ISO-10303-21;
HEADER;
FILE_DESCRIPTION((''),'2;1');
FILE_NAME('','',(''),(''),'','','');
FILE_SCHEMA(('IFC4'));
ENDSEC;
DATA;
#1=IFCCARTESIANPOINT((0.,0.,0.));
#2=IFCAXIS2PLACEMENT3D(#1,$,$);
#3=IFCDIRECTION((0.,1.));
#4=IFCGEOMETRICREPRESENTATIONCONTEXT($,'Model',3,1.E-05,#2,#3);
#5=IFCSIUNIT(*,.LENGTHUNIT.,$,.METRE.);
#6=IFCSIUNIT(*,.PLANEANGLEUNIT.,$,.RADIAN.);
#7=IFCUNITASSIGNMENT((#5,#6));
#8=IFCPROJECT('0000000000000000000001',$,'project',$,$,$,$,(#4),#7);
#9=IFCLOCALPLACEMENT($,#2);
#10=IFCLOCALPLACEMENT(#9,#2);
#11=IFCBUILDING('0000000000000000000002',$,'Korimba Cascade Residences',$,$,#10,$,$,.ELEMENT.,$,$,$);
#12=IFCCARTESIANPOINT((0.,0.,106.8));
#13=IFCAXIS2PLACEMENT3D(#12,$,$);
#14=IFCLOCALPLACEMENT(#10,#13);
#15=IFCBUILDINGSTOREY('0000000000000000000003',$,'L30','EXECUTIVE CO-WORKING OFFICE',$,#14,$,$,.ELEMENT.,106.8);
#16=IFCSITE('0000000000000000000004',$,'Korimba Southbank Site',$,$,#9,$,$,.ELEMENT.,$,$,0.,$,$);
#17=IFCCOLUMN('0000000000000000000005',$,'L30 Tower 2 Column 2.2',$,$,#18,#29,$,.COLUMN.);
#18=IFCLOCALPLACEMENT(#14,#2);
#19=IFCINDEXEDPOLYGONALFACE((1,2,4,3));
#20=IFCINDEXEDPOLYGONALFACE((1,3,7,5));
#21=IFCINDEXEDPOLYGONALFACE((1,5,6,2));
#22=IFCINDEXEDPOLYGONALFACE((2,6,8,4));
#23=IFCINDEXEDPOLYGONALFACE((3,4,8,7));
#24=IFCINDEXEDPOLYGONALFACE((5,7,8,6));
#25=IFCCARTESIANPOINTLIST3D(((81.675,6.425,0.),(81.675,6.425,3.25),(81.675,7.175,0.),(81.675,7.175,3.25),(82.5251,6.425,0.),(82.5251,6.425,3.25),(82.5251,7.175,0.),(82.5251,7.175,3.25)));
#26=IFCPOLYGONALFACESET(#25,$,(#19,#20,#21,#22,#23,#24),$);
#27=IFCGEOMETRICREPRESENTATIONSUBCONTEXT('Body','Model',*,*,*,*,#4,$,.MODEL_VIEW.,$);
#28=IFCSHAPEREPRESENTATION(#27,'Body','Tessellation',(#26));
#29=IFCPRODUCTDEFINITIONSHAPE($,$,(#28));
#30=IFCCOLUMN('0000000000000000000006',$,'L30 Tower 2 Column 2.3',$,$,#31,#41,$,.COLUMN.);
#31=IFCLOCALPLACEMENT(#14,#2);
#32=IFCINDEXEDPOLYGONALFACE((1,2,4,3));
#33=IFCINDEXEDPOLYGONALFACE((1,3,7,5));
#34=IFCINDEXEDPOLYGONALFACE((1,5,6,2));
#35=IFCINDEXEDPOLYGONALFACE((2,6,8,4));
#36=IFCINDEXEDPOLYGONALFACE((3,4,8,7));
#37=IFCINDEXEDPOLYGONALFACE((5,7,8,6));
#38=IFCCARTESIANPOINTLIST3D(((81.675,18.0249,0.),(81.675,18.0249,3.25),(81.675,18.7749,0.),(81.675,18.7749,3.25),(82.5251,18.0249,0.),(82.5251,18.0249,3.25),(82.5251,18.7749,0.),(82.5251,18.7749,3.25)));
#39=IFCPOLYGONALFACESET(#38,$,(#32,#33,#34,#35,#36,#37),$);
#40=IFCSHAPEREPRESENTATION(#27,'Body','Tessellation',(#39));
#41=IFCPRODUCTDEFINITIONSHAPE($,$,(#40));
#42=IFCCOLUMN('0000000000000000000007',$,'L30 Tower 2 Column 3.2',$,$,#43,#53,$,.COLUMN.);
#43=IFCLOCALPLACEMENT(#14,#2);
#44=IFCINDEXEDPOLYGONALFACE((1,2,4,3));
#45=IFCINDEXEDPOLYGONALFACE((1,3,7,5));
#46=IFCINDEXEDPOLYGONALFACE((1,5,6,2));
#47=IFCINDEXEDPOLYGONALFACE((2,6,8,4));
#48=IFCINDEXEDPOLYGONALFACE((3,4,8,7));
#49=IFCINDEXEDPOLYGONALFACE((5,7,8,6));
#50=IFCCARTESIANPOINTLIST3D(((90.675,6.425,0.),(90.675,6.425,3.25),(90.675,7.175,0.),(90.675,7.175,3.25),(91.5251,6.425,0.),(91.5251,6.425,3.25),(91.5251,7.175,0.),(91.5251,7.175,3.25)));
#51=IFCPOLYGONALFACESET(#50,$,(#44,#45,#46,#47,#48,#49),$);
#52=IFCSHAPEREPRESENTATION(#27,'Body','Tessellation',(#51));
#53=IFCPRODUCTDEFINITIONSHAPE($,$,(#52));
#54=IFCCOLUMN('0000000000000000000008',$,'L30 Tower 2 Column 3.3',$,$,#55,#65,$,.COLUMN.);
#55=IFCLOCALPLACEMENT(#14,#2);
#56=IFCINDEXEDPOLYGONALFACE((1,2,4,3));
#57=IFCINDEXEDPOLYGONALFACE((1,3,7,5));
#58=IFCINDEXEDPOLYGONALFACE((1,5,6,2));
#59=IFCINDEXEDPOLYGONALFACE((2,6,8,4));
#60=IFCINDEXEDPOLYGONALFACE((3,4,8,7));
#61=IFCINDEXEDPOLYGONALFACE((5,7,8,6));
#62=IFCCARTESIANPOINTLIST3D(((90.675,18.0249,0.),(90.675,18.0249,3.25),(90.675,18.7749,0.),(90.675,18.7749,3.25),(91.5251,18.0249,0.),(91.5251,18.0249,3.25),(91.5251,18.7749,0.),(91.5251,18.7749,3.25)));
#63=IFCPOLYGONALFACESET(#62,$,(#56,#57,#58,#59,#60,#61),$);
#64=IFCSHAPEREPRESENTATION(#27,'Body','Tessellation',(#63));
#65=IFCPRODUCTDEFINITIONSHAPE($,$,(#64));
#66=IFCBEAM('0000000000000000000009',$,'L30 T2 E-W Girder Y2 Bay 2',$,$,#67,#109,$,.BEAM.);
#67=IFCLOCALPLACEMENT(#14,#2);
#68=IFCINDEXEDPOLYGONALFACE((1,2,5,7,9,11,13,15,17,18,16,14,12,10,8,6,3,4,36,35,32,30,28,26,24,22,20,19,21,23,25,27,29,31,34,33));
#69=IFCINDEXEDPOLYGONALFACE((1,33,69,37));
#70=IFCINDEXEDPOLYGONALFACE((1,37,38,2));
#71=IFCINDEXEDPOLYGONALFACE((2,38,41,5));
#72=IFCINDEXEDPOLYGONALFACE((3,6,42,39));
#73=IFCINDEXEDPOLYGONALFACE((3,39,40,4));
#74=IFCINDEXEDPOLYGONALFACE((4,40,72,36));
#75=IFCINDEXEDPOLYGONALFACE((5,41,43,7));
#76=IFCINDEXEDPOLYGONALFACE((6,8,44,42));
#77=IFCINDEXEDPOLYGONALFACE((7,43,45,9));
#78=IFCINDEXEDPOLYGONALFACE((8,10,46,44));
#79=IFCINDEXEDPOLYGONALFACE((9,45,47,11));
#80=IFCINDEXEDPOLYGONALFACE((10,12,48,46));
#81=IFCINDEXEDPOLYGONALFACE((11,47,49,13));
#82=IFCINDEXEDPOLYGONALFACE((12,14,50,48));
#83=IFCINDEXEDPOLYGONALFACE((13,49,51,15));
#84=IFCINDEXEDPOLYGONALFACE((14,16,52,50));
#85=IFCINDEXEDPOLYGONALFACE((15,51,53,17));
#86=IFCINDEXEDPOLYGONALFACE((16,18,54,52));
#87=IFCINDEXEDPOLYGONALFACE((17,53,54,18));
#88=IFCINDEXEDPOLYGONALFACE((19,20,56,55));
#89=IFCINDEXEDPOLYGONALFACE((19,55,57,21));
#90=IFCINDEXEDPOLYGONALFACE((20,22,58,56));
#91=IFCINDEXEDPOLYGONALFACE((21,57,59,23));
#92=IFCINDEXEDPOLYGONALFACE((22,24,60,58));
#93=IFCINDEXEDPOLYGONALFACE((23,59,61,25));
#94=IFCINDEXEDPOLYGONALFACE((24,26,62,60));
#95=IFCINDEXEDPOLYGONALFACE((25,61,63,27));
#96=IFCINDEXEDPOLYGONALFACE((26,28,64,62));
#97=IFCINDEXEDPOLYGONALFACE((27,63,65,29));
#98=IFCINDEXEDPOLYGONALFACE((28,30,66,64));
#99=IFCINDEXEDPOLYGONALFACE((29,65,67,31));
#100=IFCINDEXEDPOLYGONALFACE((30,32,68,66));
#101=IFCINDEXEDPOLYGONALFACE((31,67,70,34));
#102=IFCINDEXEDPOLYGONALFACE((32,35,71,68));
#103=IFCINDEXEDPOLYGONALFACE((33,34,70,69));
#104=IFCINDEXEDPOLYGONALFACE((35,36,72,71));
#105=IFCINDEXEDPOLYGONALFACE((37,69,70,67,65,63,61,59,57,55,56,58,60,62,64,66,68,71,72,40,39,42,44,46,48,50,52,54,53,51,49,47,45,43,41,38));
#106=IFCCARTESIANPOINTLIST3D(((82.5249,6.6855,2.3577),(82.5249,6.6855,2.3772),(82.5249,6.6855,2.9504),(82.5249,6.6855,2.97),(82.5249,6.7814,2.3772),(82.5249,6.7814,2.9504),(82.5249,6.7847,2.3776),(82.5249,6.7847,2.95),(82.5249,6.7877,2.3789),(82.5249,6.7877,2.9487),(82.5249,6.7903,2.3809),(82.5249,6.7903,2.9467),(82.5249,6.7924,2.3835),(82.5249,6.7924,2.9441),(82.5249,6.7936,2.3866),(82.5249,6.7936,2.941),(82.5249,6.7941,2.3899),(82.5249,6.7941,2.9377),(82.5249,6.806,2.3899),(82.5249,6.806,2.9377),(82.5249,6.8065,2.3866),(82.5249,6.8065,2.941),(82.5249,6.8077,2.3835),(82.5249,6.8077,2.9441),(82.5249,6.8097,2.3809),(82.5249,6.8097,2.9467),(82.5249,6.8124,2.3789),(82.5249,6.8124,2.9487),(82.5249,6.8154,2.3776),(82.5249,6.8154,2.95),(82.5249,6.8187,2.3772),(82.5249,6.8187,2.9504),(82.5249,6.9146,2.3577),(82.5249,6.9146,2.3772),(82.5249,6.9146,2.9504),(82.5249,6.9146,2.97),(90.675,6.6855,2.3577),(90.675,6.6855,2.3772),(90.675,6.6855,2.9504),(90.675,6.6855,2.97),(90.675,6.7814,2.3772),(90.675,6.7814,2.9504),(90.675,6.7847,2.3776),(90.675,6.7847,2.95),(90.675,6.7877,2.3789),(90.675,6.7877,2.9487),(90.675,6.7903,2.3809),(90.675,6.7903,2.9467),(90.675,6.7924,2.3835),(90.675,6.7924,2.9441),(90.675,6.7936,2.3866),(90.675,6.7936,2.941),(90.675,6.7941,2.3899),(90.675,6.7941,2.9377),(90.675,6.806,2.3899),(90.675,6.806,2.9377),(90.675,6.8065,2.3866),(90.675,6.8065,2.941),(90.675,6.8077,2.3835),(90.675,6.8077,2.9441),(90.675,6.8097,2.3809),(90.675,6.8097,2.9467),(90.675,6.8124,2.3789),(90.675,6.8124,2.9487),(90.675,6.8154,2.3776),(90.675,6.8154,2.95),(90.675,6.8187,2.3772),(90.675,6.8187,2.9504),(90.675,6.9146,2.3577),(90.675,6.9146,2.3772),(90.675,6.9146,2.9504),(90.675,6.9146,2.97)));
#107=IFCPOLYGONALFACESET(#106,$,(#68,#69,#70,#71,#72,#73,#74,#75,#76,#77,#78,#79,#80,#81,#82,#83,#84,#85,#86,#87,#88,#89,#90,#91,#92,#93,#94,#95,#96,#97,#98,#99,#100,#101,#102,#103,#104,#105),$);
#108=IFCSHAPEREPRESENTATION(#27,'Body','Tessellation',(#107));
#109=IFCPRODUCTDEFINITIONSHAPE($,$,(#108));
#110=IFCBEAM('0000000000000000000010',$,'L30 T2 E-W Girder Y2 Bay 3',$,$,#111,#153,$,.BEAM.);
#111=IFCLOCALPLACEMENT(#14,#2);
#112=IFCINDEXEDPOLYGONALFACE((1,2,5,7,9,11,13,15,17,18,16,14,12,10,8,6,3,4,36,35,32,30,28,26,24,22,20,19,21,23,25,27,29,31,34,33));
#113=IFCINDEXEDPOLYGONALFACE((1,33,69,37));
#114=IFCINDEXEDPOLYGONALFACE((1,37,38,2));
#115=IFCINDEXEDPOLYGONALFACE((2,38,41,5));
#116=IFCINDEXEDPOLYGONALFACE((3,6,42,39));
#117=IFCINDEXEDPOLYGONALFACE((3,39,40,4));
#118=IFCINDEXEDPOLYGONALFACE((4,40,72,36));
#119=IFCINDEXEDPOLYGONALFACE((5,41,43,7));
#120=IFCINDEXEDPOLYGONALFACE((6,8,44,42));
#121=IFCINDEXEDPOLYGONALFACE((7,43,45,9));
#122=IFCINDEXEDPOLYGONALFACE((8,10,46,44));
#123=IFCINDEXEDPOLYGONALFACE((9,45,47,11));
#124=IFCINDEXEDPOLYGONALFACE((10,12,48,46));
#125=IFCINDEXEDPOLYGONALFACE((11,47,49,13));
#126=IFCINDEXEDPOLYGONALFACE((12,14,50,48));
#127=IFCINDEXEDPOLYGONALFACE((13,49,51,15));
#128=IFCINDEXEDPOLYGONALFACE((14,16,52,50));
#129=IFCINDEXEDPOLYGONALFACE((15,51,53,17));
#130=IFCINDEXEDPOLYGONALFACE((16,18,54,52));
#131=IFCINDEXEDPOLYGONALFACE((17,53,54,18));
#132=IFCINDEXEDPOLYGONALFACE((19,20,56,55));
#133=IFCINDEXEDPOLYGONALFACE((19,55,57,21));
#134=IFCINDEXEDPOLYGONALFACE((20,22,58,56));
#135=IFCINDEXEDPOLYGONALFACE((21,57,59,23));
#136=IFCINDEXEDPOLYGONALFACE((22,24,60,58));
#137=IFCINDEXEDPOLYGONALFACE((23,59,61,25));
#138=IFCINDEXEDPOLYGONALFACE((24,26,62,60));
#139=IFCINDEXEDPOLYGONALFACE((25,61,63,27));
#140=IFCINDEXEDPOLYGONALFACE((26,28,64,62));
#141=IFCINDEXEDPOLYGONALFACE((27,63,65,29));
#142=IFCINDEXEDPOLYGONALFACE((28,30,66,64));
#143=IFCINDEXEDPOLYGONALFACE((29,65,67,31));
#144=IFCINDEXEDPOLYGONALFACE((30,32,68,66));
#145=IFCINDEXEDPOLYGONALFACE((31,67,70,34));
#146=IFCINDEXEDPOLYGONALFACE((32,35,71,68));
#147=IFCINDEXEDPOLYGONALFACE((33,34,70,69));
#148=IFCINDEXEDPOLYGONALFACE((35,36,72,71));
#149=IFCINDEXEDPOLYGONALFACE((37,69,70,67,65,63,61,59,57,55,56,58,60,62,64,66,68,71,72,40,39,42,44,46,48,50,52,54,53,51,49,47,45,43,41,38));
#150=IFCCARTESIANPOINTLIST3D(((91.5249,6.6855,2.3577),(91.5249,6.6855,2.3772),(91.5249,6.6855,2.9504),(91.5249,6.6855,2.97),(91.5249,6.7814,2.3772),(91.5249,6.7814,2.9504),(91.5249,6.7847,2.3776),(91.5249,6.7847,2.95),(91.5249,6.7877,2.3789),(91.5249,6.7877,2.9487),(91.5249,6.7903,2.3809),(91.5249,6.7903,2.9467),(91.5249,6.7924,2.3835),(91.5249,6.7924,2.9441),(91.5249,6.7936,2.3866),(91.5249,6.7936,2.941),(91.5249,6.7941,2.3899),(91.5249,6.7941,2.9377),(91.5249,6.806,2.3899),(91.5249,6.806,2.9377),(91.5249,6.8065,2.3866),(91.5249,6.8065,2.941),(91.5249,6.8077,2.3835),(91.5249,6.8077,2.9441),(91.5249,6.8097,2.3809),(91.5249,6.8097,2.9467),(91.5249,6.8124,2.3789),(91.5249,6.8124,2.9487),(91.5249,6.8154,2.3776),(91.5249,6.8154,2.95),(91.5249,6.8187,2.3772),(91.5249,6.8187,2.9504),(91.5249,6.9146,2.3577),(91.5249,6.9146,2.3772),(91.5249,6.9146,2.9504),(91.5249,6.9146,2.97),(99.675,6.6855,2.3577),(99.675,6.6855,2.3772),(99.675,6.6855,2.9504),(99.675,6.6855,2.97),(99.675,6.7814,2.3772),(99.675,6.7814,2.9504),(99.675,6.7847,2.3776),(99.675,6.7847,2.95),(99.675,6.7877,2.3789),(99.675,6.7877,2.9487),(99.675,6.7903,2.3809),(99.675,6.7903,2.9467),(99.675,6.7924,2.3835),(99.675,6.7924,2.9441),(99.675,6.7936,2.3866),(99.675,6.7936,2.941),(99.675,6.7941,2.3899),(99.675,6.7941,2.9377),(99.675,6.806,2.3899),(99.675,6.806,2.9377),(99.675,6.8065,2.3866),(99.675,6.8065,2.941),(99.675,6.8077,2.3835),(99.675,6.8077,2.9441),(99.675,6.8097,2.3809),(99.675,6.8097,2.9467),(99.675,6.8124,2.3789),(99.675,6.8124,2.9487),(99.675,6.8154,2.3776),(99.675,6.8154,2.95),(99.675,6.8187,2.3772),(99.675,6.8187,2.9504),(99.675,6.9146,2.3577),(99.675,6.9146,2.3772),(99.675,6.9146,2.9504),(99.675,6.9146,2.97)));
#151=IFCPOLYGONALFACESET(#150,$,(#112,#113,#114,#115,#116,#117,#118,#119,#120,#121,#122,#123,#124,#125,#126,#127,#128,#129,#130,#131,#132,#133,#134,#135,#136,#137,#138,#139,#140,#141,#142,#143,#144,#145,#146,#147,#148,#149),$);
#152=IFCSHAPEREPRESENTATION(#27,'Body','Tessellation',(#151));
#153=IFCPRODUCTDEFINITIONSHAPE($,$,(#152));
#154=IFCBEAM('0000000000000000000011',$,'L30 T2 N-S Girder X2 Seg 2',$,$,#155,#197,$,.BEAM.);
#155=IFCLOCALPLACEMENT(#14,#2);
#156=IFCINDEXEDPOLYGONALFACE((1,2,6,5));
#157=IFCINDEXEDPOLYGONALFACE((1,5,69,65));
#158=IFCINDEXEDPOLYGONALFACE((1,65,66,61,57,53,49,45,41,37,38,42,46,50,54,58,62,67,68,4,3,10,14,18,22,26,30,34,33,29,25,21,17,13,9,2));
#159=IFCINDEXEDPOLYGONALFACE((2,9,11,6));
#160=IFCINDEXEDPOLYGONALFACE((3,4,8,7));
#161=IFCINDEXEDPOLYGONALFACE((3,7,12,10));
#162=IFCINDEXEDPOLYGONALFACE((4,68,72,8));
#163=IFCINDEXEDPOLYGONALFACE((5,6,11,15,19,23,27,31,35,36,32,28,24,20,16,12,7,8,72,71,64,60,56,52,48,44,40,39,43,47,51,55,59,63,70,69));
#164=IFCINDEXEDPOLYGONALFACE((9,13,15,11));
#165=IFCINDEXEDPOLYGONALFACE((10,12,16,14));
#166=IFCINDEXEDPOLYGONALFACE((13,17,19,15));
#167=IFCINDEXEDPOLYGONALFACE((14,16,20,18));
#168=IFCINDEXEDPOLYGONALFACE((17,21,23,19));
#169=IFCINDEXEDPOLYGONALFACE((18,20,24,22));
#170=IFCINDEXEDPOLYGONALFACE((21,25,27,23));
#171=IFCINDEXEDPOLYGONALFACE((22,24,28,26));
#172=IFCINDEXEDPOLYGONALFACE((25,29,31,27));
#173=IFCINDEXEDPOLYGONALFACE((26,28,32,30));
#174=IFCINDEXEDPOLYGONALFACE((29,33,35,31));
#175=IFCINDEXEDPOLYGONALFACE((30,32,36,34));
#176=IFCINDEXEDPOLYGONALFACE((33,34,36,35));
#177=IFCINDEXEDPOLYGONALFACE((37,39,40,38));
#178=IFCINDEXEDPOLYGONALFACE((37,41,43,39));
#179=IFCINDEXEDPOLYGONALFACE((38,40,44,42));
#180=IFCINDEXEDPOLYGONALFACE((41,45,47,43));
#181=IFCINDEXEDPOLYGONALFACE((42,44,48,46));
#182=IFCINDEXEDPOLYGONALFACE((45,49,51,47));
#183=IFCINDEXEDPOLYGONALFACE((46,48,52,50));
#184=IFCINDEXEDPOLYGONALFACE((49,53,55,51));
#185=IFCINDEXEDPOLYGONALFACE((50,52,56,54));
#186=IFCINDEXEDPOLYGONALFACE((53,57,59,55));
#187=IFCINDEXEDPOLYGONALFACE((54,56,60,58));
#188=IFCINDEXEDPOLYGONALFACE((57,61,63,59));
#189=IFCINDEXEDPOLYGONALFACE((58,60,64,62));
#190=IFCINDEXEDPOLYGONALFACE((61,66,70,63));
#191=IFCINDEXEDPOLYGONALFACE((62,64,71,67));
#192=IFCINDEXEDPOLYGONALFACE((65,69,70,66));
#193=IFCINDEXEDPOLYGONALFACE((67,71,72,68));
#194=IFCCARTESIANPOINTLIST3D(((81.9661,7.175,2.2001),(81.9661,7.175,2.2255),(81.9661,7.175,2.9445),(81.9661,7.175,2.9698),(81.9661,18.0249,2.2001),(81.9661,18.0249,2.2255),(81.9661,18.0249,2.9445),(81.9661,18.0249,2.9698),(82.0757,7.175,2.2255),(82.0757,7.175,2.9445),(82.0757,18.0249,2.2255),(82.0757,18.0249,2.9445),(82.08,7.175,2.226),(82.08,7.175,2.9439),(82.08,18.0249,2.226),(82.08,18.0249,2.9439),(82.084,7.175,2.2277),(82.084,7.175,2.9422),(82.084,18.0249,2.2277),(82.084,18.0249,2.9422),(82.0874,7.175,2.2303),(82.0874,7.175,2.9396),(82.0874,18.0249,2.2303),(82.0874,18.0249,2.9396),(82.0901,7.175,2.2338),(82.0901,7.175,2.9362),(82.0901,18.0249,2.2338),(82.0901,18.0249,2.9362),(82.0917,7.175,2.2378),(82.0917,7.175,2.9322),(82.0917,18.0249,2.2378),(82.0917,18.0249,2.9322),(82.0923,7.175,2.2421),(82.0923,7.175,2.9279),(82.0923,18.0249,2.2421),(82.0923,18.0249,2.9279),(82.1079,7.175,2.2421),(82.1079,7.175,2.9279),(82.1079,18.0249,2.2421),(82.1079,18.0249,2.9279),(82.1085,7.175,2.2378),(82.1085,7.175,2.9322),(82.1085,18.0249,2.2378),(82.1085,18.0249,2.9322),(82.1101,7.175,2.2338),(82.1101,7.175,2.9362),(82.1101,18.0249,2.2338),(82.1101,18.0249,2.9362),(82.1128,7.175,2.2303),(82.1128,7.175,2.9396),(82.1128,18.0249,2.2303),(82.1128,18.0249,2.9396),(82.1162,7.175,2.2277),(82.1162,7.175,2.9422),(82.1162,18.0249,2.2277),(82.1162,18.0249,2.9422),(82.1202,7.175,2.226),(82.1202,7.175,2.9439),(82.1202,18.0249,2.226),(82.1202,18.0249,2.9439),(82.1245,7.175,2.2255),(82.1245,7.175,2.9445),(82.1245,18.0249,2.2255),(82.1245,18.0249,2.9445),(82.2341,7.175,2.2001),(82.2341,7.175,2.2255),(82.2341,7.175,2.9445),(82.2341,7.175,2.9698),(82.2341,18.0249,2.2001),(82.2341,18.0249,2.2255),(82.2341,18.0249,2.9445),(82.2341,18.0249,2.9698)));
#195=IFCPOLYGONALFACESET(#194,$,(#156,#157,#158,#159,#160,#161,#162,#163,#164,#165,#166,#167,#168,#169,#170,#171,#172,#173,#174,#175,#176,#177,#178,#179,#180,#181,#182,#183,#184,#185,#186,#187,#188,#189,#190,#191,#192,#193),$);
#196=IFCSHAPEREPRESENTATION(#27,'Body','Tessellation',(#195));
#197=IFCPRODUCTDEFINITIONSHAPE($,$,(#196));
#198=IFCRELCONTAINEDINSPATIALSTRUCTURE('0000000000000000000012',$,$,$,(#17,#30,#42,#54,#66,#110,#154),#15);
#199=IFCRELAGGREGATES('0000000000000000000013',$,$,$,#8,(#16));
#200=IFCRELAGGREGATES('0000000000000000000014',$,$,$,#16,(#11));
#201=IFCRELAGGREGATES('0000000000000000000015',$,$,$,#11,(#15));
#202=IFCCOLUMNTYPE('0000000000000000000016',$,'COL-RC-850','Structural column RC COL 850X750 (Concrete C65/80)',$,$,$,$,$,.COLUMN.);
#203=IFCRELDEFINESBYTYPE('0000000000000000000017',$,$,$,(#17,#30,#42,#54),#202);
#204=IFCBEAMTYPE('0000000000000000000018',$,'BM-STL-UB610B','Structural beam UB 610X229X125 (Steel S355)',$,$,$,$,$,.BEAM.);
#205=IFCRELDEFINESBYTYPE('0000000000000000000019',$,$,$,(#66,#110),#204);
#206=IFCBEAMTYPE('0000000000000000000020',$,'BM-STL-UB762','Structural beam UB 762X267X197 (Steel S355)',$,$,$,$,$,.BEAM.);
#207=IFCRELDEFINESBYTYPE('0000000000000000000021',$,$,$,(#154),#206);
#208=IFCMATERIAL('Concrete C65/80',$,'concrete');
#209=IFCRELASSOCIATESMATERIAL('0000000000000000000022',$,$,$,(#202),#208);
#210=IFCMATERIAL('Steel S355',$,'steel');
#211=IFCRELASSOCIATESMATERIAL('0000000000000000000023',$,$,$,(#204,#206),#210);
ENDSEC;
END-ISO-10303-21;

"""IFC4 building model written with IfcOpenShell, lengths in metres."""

from ifc_helpers import new_model, si_unit, direction, frame, origin, origin_2d, place, context, subcontext, project, spatial, rectangle, i_section, extrude, material, material_profile, profile_set, type_object, element, save


model = new_model("IFC4")

# Units and contexts
model_context = context("Model", 3, precision=1e-05, world=origin(), true_north=direction((0.0, 1.0)))
body_context = subcontext(model_context, "Body", "Model", "MODEL_VIEW")
ifc_project = project(units=[si_unit("LENGTHUNIT", "METRE"), si_unit("PLANEANGLEUNIT", "RADIAN")], contexts=[model_context])

# Site, building, storey
site_placement = place(None, origin())
site = spatial("IfcSite", under=ifc_project, at=site_placement, Name="Korimba Southbank Site", CompositionType="ELEMENT", RefElevation=0.0)
building_placement = place(site_placement, origin())
building = spatial("IfcBuilding", under=site, at=building_placement, Name="Korimba Cascade Residences", CompositionType="ELEMENT")
storey_placement = place(building_placement, frame((0.0, 0.0, 106.8)))
storey = spatial("IfcBuildingStorey", under=building, at=storey_placement, Name="L30", Description="EXECUTIVE CO-WORKING OFFICE", CompositionType="ELEMENT", Elevation=106.8)

# Columns
ifc_material_1 = material(Name="Concrete C65/80", Category="concrete")
ifc_material_profile_1 = material_profile(ifc_material_1, rectangle(XDim=0.8501, YDim=0.75, at=origin_2d()), Name="Concrete C65/80")
ifc_profile_set_1 = profile_set([ifc_material_profile_1], Name="Concrete C65/80")
column_type = type_object("IfcColumnType", Name="COL-RC-850", Description="Structural column RC COL 850X750 (Concrete C65/80)", PredefinedType="COLUMN", material=ifc_profile_set_1)
for number, where, z_axis, x_axis, name in (
    (1, (82.1001, 6.8, 0.0), (0.0, 0.0, 1.0), (1.0, 0.0, 0.0), "L30 Tower 2 Column 2.2"),
    (2, (82.1001, 18.3999, 0.0), (0.0, 0.0, 1.0), (1.0, 0.0, 0.0), "L30 Tower 2 Column 2.3"),
    (3, (91.1001, 6.8, 0.0), (0.0, 0.0, 1.0), (1.0, 0.0, 0.0), "L30 Tower 2 Column 3.2"),
    (4, (91.1001, 18.3999, 0.0), (0.0, 0.0, 1.0), (1.0, 0.0, 0.0), "L30 Tower 2 Column 3.3"),
):
    element("IfcColumn", number, at=place(storey_placement, frame(where, z_axis=z_axis, x_axis=x_axis)), inside=storey, type_object=column_type, Name=name, PredefinedType="COLUMN", context=body_context, shape_type="SweptSolid", body=[
        extrude(rectangle(XDim=0.8501, YDim=0.75, at=origin_2d()), origin(), (0.0, 0.0, 1.0), 3.25),
    ])

# Beams
ifc_material_2 = material(Name="Steel S355", Category="steel")
ifc_material_profile_2 = material_profile(ifc_material_2, i_section(OverallWidth=0.229, OverallDepth=0.6123, WebThickness=0.012, FlangeThickness=0.0195, FilletRadius=0.0127, at=origin_2d()), Name="Steel S355")
ifc_profile_set_2 = profile_set([ifc_material_profile_2], Name="Steel S355")
beam_type_1 = type_object("IfcBeamType", Name="BM-STL-UB610B", Description="Structural beam UB 610X229X125 (Steel S355)", PredefinedType="BEAM", material=ifc_profile_set_2)
for number, where, z_axis, x_axis, name in (
    (5, (82.5249, 6.8, 2.6638), (1.0, 0.0, 0.0), (0.0, 1.0, 0.0), "L30 T2 E-W Girder Y2 Bay 2"),
    (6, (91.5249, 6.8, 2.6638), (1.0, 0.0, 0.0), (0.0, 1.0, 0.0), "L30 T2 E-W Girder Y2 Bay 3"),
):
    element("IfcBeam", number, at=place(storey_placement, frame(where, z_axis=z_axis, x_axis=x_axis)), inside=storey, type_object=beam_type_1, Name=name, PredefinedType="BEAM", context=body_context, shape_type="SweptSolid", body=[
        extrude(i_section(OverallWidth=0.229, OverallDepth=0.6123, WebThickness=0.012, FlangeThickness=0.0195, FilletRadius=0.0127, at=origin_2d()), origin(), (0.0, 0.0, 1.0), 8.1501),
    ])
ifc_material_profile_3 = material_profile(ifc_material_2, i_section(OverallWidth=0.2681, OverallDepth=0.7698, WebThickness=0.0156, FlangeThickness=0.0254, FilletRadius=0.0166, at=origin_2d()), Name="Steel S355")
ifc_profile_set_3 = profile_set([ifc_material_profile_3], Name="Steel S355")
beam_type_2 = type_object("IfcBeamType", Name="BM-STL-UB762", Description="Structural beam UB 762X267X197 (Steel S355)", PredefinedType="BEAM", material=ifc_profile_set_3)
for number, where, z_axis, x_axis, name in (
    (7, (82.1001, 7.175, 2.585), (0.0, 1.0, 0.0), (-1.0, 0.0, 0.0), "L30 T2 N-S Girder X2 Seg 2"),
):
    element("IfcBeam", number, at=place(storey_placement, frame(where, z_axis=z_axis, x_axis=x_axis)), inside=storey, type_object=beam_type_2, Name=name, PredefinedType="BEAM", context=body_context, shape_type="SweptSolid", body=[
        extrude(i_section(OverallWidth=0.2681, OverallDepth=0.7698, WebThickness=0.0156, FlangeThickness=0.0254, FilletRadius=0.0166, at=origin_2d()), origin(), (0.0, 0.0, 1.0), 10.8499),
    ])

save(model, "model.ifc")
